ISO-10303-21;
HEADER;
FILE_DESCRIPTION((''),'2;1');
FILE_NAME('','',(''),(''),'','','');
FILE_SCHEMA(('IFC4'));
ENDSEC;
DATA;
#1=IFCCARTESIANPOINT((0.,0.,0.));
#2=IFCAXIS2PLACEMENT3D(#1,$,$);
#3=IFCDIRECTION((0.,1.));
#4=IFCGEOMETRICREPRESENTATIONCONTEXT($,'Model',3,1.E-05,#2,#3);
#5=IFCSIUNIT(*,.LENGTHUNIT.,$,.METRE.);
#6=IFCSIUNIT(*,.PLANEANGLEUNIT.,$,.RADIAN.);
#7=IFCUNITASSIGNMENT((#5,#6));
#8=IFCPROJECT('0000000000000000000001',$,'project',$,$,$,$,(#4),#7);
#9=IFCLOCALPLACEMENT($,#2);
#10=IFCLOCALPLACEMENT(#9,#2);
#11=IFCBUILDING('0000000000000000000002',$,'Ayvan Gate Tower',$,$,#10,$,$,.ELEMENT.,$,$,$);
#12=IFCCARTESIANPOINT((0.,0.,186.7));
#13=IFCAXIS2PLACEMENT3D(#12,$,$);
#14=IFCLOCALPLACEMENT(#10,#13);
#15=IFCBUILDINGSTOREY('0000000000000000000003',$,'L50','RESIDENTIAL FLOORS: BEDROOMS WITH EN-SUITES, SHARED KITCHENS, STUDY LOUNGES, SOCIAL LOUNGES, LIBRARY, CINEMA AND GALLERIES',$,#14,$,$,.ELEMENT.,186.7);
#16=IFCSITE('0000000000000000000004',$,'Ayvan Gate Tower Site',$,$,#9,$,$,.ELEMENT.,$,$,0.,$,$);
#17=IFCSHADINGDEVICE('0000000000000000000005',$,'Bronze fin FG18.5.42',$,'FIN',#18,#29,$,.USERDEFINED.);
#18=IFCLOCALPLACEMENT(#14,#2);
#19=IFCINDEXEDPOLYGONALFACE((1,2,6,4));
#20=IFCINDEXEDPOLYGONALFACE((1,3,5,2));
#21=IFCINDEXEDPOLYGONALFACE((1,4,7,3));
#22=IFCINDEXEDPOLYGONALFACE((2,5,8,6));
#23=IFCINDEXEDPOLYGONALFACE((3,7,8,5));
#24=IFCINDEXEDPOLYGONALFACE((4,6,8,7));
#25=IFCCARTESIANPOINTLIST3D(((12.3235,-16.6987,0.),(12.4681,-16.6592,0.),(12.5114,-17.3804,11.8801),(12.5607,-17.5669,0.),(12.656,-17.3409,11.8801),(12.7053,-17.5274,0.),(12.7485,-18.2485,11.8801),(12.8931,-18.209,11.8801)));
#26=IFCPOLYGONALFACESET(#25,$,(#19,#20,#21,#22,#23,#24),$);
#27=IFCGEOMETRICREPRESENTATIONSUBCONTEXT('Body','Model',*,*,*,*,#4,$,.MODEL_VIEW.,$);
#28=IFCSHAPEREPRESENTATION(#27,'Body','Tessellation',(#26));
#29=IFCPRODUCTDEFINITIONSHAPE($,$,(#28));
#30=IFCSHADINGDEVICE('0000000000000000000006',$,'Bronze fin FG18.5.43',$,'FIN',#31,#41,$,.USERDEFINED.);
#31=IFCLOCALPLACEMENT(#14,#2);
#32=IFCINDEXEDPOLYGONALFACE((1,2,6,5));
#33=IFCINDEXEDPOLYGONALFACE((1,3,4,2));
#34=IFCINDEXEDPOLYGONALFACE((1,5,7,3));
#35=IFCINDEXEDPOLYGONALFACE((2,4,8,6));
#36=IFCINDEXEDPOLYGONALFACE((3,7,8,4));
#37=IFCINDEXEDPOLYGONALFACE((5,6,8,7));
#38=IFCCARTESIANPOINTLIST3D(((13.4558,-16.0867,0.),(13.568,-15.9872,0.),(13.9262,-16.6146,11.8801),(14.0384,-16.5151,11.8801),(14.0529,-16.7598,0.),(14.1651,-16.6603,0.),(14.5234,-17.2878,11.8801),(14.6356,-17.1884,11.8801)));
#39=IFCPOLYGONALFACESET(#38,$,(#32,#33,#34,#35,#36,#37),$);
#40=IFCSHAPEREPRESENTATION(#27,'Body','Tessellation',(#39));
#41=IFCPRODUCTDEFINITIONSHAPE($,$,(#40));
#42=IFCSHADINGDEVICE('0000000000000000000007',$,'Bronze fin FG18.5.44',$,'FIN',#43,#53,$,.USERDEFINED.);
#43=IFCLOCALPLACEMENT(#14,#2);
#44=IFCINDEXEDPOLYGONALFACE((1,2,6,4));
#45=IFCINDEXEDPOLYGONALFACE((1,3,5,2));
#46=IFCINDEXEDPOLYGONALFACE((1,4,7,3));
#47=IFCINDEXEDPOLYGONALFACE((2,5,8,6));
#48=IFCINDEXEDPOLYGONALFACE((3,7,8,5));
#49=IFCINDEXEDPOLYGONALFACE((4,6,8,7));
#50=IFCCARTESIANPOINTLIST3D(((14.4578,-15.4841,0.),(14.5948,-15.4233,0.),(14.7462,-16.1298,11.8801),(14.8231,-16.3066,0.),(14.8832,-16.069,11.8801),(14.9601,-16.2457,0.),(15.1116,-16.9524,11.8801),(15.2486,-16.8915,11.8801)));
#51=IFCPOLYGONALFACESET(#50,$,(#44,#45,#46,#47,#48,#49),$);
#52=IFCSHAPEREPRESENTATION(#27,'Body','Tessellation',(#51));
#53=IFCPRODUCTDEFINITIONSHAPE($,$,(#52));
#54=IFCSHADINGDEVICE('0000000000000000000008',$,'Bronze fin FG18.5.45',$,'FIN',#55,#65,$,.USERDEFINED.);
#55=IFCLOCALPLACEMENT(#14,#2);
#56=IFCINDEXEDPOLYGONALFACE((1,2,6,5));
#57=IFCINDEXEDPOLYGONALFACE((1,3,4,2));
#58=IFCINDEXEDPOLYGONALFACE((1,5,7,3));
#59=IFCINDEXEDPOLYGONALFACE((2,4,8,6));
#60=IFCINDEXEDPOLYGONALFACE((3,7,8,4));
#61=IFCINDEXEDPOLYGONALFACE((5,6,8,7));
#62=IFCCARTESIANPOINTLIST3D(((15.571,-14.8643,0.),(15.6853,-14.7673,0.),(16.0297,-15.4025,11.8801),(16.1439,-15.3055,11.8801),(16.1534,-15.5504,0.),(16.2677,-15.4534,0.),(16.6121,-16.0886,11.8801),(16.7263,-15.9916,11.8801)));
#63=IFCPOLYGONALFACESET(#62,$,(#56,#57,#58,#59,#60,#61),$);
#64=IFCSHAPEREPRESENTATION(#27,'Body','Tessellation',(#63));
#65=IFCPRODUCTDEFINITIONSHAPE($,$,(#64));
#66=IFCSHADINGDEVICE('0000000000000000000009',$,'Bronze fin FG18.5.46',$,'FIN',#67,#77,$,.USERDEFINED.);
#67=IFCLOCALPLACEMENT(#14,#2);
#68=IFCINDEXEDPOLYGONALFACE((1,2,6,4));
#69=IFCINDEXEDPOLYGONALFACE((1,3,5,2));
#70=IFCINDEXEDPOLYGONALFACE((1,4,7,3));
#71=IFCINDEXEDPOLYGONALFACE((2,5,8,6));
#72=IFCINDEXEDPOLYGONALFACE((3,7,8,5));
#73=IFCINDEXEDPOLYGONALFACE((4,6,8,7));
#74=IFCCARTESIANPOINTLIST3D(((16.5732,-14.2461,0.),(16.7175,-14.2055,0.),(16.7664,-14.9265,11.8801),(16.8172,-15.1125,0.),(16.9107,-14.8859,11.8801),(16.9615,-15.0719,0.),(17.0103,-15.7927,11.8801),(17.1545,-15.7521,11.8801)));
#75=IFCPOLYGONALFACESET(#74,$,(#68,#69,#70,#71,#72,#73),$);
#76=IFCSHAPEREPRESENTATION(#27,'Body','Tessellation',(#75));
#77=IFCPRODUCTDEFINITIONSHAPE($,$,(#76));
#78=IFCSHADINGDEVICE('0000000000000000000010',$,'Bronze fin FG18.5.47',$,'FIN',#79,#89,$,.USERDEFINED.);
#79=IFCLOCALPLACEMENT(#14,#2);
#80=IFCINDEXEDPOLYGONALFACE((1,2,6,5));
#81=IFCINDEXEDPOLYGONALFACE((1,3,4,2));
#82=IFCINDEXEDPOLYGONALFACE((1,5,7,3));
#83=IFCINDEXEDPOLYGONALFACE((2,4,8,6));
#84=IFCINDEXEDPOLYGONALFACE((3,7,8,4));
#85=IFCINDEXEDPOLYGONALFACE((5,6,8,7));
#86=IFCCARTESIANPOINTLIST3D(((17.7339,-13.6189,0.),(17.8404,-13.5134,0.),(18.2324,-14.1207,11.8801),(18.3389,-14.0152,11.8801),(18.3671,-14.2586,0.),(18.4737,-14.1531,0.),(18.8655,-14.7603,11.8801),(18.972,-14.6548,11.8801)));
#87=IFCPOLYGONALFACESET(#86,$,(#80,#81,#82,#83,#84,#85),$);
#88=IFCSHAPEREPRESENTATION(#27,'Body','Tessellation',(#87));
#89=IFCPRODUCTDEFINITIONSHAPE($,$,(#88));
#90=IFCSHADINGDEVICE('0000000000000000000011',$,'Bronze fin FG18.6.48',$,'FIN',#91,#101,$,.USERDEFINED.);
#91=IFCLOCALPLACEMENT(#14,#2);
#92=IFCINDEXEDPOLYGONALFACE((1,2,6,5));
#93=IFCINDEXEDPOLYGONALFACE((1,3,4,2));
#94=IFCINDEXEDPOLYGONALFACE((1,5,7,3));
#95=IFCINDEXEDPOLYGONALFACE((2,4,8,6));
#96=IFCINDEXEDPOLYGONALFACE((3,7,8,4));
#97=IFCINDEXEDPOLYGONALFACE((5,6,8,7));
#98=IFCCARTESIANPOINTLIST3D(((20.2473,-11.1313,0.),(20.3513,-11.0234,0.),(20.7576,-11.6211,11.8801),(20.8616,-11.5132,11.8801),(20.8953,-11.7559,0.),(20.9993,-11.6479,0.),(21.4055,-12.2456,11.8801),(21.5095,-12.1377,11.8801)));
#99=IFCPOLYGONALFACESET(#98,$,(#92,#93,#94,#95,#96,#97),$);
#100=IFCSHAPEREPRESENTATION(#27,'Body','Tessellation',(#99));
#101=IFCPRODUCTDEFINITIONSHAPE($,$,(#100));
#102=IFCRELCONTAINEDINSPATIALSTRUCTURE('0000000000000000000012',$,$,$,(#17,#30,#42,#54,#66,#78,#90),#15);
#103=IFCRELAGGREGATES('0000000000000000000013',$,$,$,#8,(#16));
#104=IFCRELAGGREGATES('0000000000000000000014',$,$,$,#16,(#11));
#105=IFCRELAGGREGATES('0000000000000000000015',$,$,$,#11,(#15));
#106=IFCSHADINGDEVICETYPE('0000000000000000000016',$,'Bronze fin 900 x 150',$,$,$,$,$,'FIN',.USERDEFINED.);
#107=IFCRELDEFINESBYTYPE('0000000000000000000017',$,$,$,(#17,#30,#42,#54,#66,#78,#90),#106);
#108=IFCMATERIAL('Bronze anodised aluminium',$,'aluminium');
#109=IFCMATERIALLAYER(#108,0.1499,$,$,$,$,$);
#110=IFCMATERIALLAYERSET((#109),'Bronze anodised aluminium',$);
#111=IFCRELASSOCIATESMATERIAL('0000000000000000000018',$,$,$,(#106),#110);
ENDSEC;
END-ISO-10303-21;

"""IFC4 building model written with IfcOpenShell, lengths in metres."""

from ifc_helpers import new_model, si_unit, direction, frame, origin, place, context, subcontext, project, spatial, polyline, outline, extrude, material, layer, layer_set, type_object, element, save


model = new_model("IFC4")

# Units and contexts
model_context = context("Model", 3, precision=1e-05, world=origin(), true_north=direction((0.0, 1.0)))
body_context = subcontext(model_context, "Body", "Model", "MODEL_VIEW")
ifc_project = project(units=[si_unit("LENGTHUNIT", "METRE"), si_unit("PLANEANGLEUNIT", "RADIAN")], contexts=[model_context])

# Site, building, storey
site_placement = place(None, origin())
site = spatial("IfcSite", under=ifc_project, at=site_placement, Name="Ayvan Gate Tower Site", CompositionType="ELEMENT", RefElevation=0.0)
building_placement = place(site_placement, origin())
building = spatial("IfcBuilding", under=site, at=building_placement, Name="Ayvan Gate Tower", CompositionType="ELEMENT")
storey_placement = place(building_placement, frame((0.0, 0.0, 186.7)))
storey = spatial("IfcBuildingStorey", under=building, at=storey_placement, Name="L50", Description="RESIDENTIAL FLOORS: BEDROOMS WITH EN-SUITES, SHARED KITCHENS, STUDY LOUNGES, SOCIAL LOUNGES, LIBRARY, CINEMA AND GALLERIES", CompositionType="ELEMENT", Elevation=186.7)

# Shared definitions
ifc_material_1 = material(Name="Bronze anodised aluminium", Category="aluminium")

# Shading devices
ifc_layer_1 = layer(ifc_material_1, 0.1499)
ifc_layer_set_1 = layer_set([ifc_layer_1], Name="Bronze anodised aluminium")
shading_device_type = type_object("IfcShadingDeviceType", Name="Bronze fin 900 x 150", ElementType="FIN", PredefinedType="USERDEFINED", material=ifc_layer_set_1)
shading_device_1_placement = place(storey_placement, frame((12.3235, -16.6987, 0.0), z_axis=(-0.964648, -0.263542, 0.000133), x_axis=(0.263542, -0.964648, 0.0)))
element("IfcShadingDevice", 1, at=shading_device_1_placement, inside=storey, type_object=shading_device_type, Name="Bronze fin FG18.5.42", ObjectType="FIN", PredefinedType="USERDEFINED", context=body_context, shape_type="SweptSolid", body=[
    extrude(outline(polyline([(0.0, 0.0), (0.9, 0.0), (1.607, 11.8801), (0.7071, 11.8801), (0.0, 0.0)])), origin(), (0.0, 0.0, -1.0), 0.1499),
])
shading_device_2_placement = place(storey_placement, frame((13.4558, -16.0867, 0.0), z_axis=(-0.748097, -0.663589, 0.000135), x_axis=(0.663589, -0.748097, 0.0)))
element("IfcShadingDevice", 2, at=shading_device_2_placement, inside=storey, type_object=shading_device_type, Name="Bronze fin FG18.5.43", ObjectType="FIN", PredefinedType="USERDEFINED", context=body_context, shape_type="SweptSolid", body=[
    extrude(outline(polyline([(0.0, 0.0), (0.8998, 0.0), (1.6071, 11.8801), (0.7071, 11.8801), (0.0, 0.0)])), origin(), (0.0, 0.0, -1.0), 0.1499),
])
shading_device_3_placement = place(storey_placement, frame((14.4578, -15.4841, 0.0), z_axis=(-0.913895, -0.40595, 0.000124), x_axis=(0.40595, -0.913895, 0.0)))
element("IfcShadingDevice", 3, at=shading_device_3_placement, inside=storey, type_object=shading_device_type, Name="Bronze fin FG18.5.44", ObjectType="FIN", PredefinedType="USERDEFINED", context=body_context, shape_type="SweptSolid", body=[
    extrude(outline(polyline([(0.0, 0.0), (0.9, 0.0), (1.6073, 11.8801), (0.7072, 11.8801), (0.0, 0.0)])), origin(), (0.0, 0.0, -1.0), 0.1499),
])
shading_device_4_placement = place(storey_placement, frame((15.571, -14.8643, 0.0), z_axis=(-0.762398, -0.647109, 0.000115), x_axis=(0.647109, -0.762398, 0.0)))
element("IfcShadingDevice", 4, at=shading_device_4_placement, inside=storey, type_object=shading_device_type, Name="Bronze fin FG18.5.45", ObjectType="FIN", PredefinedType="USERDEFINED", context=body_context, shape_type="SweptSolid", body=[
    extrude(outline(polyline([(0.0, 0.0), (0.9, 0.0), (1.6071, 11.8801), (0.7071, 11.8801), (0.0, 0.0)])), origin(), (0.0, 0.0, -1.0), 0.1499),
])
shading_device_5_placement = place(storey_placement, frame((16.5732, -14.2461, 0.0), z_axis=(-0.962581, -0.270993, 0.000129), x_axis=(0.270993, -0.962581, 0.0)))
element("IfcShadingDevice", 5, at=shading_device_5_placement, inside=storey, type_object=shading_device_type, Name="Bronze fin FG18.5.46", ObjectType="FIN", PredefinedType="USERDEFINED", context=body_context, shape_type="SweptSolid", body=[
    extrude(outline(polyline([(0.0, 0.0), (0.9001, 0.0), (1.6072, 11.8801), (0.7073, 11.8801), (0.0, 0.0)])), origin(), (0.0, 0.0, -1.0), 0.1499),
])
shading_device_6_placement = place(storey_placement, frame((17.7339, -13.6189, 0.0), z_axis=(-0.710692, -0.703503, 0.000106), x_axis=(0.703503, -0.710692, 0.0)))
element("IfcShadingDevice", 6, at=shading_device_6_placement, inside=storey, type_object=shading_device_type, Name="Bronze fin FG18.5.47", ObjectType="FIN", PredefinedType="USERDEFINED", context=body_context, shape_type="SweptSolid", body=[
    extrude(outline(polyline([(0.0, 0.0), (0.9001, 0.0), (1.6072, 11.8801), (0.7073, 11.8801), (0.0, 0.0)])), origin(), (0.0, 0.0, -1.0), 0.1499),
])
shading_device_7_placement = place(storey_placement, frame((20.2473, -11.1313, 0.0), z_axis=(-0.693965, -0.720009, 0.000124), x_axis=(0.720009, -0.693965, 0.0)))
element("IfcShadingDevice", 7, at=shading_device_7_placement, inside=storey, type_object=shading_device_type, Name="Bronze fin FG18.6.48", ObjectType="FIN", PredefinedType="USERDEFINED", context=body_context, shape_type="SweptSolid", body=[
    extrude(outline(polyline([(0.0, 0.0), (0.8999, 0.0), (1.6072, 11.8801), (0.7073, 11.8801), (0.0, 0.0)])), origin(), (0.0, 0.0, -1.0), 0.1499),
])

save(model, "model.ifc")
